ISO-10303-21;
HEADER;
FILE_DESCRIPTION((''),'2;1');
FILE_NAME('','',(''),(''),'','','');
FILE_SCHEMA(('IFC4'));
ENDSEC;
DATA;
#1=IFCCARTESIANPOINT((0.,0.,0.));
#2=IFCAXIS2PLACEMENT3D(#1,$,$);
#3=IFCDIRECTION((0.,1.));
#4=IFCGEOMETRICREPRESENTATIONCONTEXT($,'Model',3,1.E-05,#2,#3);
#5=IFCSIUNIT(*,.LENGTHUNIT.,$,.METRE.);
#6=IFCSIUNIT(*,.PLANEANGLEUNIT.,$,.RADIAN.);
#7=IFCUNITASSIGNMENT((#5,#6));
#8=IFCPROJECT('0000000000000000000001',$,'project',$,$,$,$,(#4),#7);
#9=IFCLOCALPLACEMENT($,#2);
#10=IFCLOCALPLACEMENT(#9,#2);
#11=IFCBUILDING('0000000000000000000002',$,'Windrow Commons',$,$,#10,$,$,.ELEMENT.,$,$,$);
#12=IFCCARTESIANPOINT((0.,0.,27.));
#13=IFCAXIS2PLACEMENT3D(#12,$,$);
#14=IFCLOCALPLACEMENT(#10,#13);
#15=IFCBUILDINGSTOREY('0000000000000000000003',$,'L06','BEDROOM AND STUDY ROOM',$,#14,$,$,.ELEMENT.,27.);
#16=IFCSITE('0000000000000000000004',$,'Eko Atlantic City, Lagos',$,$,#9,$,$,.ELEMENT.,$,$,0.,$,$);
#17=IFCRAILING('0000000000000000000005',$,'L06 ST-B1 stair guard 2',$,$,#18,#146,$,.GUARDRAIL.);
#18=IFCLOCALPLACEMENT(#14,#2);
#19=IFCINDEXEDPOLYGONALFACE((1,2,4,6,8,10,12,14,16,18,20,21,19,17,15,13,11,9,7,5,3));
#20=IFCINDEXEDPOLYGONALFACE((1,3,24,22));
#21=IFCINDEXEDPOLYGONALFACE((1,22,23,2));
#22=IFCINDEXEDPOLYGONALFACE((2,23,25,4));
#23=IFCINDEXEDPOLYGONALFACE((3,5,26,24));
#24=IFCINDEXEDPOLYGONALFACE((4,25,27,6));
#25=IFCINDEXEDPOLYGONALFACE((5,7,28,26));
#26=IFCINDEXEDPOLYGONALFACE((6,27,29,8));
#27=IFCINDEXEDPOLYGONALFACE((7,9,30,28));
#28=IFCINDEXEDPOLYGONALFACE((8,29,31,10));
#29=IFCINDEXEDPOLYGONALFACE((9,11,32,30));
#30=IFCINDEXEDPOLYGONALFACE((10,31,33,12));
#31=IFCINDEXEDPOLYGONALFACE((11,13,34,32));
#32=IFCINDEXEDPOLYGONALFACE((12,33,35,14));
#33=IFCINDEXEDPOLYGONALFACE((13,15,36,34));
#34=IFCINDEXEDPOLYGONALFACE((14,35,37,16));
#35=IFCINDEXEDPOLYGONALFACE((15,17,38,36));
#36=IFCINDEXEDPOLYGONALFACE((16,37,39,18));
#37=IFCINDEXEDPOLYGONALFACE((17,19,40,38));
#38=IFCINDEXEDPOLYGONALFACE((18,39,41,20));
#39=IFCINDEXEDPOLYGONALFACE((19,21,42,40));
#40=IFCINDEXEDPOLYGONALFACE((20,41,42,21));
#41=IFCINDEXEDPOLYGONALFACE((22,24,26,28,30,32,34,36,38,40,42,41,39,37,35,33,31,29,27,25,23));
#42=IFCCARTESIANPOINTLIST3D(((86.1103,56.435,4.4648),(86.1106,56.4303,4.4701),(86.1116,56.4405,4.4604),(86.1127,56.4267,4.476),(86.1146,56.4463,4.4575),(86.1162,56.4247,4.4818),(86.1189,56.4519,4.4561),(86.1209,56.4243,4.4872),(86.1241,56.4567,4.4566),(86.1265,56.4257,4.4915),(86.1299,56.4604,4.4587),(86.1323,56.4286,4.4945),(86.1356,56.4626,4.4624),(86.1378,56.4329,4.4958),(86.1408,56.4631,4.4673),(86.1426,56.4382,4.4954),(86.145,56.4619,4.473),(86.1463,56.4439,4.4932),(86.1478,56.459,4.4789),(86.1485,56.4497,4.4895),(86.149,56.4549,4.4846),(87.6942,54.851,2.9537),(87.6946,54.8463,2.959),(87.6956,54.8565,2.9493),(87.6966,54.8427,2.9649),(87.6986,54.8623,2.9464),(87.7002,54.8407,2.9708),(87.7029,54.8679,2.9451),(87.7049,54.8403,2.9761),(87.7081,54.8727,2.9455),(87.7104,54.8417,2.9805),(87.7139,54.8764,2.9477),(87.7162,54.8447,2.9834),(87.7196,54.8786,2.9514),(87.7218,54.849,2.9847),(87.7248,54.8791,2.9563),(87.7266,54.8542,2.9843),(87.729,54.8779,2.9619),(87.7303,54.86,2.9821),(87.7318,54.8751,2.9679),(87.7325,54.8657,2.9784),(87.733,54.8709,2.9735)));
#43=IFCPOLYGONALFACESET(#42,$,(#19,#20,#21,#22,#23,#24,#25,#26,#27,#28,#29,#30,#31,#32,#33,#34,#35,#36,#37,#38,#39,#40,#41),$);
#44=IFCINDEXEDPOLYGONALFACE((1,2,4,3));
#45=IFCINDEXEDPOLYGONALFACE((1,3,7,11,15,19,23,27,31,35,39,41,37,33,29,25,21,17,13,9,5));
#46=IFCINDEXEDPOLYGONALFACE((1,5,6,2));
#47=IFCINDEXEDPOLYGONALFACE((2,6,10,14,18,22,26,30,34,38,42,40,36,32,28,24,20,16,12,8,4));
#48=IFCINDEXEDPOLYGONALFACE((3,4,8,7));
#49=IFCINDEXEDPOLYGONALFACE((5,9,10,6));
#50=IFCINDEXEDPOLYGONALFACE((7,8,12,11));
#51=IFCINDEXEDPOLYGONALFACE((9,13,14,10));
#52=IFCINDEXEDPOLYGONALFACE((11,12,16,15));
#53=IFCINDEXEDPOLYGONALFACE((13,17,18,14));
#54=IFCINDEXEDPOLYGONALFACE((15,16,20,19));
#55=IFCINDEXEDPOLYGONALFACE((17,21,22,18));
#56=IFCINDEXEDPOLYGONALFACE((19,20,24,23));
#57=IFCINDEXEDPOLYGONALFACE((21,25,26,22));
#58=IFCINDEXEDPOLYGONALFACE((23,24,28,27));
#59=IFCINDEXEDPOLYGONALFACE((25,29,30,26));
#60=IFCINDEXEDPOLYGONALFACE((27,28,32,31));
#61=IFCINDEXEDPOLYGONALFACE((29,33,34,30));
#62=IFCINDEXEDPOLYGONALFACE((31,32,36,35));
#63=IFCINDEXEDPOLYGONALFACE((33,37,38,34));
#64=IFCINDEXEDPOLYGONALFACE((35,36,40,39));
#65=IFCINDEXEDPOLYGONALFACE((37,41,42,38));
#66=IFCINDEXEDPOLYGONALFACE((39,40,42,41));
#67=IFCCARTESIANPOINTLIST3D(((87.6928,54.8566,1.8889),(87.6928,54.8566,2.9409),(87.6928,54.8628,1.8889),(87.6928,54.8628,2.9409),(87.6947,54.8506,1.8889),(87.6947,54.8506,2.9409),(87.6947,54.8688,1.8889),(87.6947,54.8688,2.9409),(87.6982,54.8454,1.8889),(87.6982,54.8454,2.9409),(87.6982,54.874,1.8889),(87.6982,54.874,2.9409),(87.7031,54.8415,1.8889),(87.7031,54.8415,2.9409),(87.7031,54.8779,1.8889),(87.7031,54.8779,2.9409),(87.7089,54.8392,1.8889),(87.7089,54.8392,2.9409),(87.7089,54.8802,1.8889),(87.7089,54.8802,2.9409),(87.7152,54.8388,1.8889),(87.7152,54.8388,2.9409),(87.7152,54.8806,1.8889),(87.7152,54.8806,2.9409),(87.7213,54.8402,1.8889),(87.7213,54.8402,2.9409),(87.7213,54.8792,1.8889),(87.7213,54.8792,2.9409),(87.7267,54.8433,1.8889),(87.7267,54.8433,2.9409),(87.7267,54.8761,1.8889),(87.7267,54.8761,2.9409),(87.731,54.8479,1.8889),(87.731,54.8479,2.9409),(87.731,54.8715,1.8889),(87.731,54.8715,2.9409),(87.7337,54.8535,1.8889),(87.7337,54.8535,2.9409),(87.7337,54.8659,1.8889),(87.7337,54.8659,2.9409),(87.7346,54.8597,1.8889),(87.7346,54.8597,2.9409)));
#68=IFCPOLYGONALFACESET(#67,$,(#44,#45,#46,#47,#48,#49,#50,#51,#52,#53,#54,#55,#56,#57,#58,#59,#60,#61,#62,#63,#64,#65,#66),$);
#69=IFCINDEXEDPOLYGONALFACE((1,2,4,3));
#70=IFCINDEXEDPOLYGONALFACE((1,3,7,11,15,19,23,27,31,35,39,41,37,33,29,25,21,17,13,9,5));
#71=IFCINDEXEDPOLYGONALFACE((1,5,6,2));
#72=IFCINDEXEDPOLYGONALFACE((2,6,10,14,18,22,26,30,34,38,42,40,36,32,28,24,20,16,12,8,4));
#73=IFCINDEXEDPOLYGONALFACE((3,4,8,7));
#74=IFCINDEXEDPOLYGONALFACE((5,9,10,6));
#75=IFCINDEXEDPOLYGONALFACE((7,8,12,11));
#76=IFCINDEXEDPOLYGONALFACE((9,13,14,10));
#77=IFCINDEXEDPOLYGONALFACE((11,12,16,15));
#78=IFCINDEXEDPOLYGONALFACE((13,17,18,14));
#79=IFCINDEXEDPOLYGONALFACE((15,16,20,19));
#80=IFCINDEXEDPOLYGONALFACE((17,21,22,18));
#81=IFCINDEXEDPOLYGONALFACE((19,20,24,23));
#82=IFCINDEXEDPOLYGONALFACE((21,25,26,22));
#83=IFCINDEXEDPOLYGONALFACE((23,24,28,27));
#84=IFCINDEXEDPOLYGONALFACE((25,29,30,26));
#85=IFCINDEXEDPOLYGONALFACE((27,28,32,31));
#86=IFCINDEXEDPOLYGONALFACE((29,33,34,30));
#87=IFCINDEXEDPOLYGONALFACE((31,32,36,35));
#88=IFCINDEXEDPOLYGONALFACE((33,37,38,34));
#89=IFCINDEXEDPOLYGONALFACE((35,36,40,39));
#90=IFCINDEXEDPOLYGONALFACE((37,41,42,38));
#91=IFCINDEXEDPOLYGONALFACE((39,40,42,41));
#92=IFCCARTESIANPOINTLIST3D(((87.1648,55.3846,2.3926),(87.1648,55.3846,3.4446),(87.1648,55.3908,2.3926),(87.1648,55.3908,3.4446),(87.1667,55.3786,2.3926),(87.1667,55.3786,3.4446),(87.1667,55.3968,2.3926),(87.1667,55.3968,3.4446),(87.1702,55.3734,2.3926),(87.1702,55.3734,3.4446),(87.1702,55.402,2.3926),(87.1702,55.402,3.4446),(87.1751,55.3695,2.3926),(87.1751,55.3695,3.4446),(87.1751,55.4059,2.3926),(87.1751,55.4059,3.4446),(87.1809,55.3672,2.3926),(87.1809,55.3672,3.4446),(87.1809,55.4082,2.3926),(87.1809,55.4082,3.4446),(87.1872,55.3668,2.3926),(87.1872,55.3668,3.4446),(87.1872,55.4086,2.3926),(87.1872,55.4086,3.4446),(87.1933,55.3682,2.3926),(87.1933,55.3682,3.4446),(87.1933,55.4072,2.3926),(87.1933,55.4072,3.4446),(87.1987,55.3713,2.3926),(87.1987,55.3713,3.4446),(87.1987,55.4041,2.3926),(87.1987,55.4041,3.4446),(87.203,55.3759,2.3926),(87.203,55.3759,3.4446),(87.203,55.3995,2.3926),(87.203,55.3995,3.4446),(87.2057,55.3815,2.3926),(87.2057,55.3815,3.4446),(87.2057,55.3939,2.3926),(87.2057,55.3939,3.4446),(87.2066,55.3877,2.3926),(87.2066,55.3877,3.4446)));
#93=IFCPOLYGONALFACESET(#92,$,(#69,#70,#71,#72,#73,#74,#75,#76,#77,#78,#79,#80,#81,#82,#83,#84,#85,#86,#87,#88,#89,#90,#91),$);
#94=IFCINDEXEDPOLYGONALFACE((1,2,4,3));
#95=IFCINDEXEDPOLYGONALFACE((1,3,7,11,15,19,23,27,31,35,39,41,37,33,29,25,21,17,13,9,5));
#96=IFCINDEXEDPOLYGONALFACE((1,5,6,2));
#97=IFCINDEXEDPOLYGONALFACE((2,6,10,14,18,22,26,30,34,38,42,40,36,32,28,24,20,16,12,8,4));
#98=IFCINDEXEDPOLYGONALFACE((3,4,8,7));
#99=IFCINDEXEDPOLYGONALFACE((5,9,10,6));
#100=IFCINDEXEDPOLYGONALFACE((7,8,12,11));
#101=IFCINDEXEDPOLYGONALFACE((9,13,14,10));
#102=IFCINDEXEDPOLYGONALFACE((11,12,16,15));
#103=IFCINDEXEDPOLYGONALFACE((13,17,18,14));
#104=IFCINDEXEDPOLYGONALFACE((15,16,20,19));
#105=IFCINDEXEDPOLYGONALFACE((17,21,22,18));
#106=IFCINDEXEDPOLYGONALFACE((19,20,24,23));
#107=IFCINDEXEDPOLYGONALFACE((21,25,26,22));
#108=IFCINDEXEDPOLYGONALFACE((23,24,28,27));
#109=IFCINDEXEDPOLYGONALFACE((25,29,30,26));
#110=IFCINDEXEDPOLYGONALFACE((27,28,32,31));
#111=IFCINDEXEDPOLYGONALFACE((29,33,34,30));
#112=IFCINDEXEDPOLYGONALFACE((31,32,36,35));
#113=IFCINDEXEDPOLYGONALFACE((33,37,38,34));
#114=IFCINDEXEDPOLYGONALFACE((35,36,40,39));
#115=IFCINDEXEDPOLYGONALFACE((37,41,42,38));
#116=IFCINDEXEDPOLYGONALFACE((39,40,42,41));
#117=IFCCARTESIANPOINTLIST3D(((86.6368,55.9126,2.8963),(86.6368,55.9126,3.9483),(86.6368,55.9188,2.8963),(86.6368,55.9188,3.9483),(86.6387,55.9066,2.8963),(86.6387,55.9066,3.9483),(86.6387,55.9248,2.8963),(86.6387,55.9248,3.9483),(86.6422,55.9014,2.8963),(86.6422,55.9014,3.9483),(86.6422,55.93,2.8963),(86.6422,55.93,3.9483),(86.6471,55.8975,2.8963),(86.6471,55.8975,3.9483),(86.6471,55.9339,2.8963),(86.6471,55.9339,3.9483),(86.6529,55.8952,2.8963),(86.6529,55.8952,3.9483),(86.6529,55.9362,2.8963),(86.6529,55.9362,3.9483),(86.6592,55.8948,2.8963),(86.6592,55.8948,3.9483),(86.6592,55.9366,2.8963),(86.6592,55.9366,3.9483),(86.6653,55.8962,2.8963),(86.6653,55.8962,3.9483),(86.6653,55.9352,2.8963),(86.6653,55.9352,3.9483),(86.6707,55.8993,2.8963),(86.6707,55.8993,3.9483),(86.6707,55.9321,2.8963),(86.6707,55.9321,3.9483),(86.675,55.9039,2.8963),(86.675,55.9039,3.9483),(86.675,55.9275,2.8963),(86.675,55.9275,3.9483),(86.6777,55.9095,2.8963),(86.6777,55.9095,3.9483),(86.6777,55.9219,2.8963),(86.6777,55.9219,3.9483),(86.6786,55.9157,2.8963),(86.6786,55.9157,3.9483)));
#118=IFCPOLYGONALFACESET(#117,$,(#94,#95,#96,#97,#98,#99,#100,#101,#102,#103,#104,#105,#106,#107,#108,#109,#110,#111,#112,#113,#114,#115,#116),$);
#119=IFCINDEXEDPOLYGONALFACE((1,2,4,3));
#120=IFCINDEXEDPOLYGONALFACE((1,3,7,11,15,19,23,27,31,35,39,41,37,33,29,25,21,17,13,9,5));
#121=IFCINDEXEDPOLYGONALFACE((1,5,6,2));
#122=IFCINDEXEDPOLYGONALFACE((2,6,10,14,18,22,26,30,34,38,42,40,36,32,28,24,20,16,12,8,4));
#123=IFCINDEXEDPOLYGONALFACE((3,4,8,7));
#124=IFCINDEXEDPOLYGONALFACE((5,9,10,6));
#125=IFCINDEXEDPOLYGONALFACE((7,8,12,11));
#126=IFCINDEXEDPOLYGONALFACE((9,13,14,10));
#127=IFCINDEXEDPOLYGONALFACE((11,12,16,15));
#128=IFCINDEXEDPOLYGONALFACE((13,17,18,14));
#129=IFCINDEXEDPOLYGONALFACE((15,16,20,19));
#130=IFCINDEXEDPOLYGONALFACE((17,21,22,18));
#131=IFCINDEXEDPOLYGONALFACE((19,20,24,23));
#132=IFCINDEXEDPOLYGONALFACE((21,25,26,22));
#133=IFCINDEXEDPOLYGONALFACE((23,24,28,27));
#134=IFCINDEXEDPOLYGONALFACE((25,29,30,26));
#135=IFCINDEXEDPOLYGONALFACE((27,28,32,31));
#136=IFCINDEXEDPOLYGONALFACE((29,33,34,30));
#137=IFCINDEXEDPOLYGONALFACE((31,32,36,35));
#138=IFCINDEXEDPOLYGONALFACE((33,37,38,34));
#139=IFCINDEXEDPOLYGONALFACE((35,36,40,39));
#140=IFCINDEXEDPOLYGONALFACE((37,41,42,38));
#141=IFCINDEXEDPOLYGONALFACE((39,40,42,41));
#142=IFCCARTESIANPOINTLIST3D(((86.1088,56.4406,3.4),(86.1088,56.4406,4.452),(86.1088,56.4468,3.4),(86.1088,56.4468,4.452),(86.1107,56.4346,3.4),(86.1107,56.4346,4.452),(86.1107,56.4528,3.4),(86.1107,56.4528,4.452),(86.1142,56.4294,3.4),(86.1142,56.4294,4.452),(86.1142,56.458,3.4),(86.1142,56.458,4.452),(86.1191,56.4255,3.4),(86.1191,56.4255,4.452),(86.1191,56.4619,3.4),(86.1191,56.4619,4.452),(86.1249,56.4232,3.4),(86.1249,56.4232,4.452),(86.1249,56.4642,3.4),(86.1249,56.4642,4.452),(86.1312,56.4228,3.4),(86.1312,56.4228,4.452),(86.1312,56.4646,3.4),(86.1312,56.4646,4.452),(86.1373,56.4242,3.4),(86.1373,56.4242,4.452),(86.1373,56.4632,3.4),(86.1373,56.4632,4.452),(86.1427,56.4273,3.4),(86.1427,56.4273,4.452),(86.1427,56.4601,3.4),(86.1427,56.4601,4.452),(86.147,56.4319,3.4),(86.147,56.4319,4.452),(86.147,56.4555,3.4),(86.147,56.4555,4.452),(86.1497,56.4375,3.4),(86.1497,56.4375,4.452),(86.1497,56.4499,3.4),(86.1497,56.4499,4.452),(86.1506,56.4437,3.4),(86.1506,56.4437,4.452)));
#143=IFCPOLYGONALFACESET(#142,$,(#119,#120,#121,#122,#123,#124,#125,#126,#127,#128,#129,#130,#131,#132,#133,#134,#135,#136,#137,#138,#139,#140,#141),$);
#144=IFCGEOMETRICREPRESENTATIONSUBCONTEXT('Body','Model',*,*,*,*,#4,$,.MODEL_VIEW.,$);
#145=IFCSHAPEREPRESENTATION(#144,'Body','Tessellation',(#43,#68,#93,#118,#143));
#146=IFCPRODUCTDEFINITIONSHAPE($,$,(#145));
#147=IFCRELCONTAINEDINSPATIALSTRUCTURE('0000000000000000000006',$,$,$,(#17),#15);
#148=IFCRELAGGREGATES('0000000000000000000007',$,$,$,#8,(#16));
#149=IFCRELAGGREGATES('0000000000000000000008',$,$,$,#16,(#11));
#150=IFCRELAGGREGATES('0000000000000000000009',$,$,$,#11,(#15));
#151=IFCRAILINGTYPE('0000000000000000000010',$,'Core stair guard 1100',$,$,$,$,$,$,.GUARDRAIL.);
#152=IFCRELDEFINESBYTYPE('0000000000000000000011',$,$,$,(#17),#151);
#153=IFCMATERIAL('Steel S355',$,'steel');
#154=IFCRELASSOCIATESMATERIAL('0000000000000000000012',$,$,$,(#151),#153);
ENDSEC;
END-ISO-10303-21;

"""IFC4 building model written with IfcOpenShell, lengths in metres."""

from ifc_helpers import new_model, si_unit, direction, frame, origin, origin_2d, place, context, subcontext, project, spatial, circle, extrude, material, type_object, element, save


model = new_model("IFC4")

# Units and contexts
model_context = context("Model", 3, precision=1e-05, world=origin(), true_north=direction((0.0, 1.0)))
body_context = subcontext(model_context, "Body", "Model", "MODEL_VIEW")
ifc_project = project(units=[si_unit("LENGTHUNIT", "METRE"), si_unit("PLANEANGLEUNIT", "RADIAN")], contexts=[model_context])

# Site, building, storey
site_placement = place(None, origin())
site = spatial("IfcSite", under=ifc_project, at=site_placement, Name="Eko Atlantic City, Lagos", CompositionType="ELEMENT", RefElevation=0.0)
building_placement = place(site_placement, origin())
building = spatial("IfcBuilding", under=site, at=building_placement, Name="Windrow Commons", CompositionType="ELEMENT")
storey_placement = place(building_placement, frame((0.0, 0.0, 27.0)))
storey = spatial("IfcBuildingStorey", under=building, at=storey_placement, Name="L06", Description="BEDROOM AND STUDY ROOM", CompositionType="ELEMENT", Elevation=27.0)

# Railing
ifc_material_1 = material(Name="Steel S355", Category="steel")
railing_type_1 = type_object("IfcRailingType", Name="Core stair guard 1100", PredefinedType="GUARDRAIL", material=ifc_material_1)
railing_1_placement = place(storey_placement, frame((87.7136, 54.8597, 1.8889)))
element("IfcRailing", 1, at=railing_1_placement, inside=storey, type_object=railing_type_1, Name="L06 ST-B1 stair guard 2", PredefinedType="GUARDRAIL", context=body_context, shape_type="SweptSolid", body=[
    extrude(circle(Radius=0.024, at=origin_2d()), frame((0.0, 0.0, 1.076), z_axis=(-0.586203, 0.586203, 0.559224), x_axis=(-0.707107, -0.707107, 0.0)), (0.0, 0.0, 1.0), 2.7021),
    extrude(circle(Radius=0.021, at=origin_2d()), origin(), (0.0, 0.0, 1.0), 1.052),
    extrude(circle(Radius=0.021, at=origin_2d()), frame((-0.528, 0.528, 0.5037)), (0.0, 0.0, 1.0), 1.052),
    extrude(circle(Radius=0.021, at=origin_2d()), frame((-1.056, 1.056, 1.0074)), (0.0, 0.0, 1.0), 1.052),
    extrude(circle(Radius=0.021, at=origin_2d()), frame((-1.584, 1.584, 1.5111)), (0.0, 0.0, 1.0), 1.052),
])

save(model, "model.ifc")
